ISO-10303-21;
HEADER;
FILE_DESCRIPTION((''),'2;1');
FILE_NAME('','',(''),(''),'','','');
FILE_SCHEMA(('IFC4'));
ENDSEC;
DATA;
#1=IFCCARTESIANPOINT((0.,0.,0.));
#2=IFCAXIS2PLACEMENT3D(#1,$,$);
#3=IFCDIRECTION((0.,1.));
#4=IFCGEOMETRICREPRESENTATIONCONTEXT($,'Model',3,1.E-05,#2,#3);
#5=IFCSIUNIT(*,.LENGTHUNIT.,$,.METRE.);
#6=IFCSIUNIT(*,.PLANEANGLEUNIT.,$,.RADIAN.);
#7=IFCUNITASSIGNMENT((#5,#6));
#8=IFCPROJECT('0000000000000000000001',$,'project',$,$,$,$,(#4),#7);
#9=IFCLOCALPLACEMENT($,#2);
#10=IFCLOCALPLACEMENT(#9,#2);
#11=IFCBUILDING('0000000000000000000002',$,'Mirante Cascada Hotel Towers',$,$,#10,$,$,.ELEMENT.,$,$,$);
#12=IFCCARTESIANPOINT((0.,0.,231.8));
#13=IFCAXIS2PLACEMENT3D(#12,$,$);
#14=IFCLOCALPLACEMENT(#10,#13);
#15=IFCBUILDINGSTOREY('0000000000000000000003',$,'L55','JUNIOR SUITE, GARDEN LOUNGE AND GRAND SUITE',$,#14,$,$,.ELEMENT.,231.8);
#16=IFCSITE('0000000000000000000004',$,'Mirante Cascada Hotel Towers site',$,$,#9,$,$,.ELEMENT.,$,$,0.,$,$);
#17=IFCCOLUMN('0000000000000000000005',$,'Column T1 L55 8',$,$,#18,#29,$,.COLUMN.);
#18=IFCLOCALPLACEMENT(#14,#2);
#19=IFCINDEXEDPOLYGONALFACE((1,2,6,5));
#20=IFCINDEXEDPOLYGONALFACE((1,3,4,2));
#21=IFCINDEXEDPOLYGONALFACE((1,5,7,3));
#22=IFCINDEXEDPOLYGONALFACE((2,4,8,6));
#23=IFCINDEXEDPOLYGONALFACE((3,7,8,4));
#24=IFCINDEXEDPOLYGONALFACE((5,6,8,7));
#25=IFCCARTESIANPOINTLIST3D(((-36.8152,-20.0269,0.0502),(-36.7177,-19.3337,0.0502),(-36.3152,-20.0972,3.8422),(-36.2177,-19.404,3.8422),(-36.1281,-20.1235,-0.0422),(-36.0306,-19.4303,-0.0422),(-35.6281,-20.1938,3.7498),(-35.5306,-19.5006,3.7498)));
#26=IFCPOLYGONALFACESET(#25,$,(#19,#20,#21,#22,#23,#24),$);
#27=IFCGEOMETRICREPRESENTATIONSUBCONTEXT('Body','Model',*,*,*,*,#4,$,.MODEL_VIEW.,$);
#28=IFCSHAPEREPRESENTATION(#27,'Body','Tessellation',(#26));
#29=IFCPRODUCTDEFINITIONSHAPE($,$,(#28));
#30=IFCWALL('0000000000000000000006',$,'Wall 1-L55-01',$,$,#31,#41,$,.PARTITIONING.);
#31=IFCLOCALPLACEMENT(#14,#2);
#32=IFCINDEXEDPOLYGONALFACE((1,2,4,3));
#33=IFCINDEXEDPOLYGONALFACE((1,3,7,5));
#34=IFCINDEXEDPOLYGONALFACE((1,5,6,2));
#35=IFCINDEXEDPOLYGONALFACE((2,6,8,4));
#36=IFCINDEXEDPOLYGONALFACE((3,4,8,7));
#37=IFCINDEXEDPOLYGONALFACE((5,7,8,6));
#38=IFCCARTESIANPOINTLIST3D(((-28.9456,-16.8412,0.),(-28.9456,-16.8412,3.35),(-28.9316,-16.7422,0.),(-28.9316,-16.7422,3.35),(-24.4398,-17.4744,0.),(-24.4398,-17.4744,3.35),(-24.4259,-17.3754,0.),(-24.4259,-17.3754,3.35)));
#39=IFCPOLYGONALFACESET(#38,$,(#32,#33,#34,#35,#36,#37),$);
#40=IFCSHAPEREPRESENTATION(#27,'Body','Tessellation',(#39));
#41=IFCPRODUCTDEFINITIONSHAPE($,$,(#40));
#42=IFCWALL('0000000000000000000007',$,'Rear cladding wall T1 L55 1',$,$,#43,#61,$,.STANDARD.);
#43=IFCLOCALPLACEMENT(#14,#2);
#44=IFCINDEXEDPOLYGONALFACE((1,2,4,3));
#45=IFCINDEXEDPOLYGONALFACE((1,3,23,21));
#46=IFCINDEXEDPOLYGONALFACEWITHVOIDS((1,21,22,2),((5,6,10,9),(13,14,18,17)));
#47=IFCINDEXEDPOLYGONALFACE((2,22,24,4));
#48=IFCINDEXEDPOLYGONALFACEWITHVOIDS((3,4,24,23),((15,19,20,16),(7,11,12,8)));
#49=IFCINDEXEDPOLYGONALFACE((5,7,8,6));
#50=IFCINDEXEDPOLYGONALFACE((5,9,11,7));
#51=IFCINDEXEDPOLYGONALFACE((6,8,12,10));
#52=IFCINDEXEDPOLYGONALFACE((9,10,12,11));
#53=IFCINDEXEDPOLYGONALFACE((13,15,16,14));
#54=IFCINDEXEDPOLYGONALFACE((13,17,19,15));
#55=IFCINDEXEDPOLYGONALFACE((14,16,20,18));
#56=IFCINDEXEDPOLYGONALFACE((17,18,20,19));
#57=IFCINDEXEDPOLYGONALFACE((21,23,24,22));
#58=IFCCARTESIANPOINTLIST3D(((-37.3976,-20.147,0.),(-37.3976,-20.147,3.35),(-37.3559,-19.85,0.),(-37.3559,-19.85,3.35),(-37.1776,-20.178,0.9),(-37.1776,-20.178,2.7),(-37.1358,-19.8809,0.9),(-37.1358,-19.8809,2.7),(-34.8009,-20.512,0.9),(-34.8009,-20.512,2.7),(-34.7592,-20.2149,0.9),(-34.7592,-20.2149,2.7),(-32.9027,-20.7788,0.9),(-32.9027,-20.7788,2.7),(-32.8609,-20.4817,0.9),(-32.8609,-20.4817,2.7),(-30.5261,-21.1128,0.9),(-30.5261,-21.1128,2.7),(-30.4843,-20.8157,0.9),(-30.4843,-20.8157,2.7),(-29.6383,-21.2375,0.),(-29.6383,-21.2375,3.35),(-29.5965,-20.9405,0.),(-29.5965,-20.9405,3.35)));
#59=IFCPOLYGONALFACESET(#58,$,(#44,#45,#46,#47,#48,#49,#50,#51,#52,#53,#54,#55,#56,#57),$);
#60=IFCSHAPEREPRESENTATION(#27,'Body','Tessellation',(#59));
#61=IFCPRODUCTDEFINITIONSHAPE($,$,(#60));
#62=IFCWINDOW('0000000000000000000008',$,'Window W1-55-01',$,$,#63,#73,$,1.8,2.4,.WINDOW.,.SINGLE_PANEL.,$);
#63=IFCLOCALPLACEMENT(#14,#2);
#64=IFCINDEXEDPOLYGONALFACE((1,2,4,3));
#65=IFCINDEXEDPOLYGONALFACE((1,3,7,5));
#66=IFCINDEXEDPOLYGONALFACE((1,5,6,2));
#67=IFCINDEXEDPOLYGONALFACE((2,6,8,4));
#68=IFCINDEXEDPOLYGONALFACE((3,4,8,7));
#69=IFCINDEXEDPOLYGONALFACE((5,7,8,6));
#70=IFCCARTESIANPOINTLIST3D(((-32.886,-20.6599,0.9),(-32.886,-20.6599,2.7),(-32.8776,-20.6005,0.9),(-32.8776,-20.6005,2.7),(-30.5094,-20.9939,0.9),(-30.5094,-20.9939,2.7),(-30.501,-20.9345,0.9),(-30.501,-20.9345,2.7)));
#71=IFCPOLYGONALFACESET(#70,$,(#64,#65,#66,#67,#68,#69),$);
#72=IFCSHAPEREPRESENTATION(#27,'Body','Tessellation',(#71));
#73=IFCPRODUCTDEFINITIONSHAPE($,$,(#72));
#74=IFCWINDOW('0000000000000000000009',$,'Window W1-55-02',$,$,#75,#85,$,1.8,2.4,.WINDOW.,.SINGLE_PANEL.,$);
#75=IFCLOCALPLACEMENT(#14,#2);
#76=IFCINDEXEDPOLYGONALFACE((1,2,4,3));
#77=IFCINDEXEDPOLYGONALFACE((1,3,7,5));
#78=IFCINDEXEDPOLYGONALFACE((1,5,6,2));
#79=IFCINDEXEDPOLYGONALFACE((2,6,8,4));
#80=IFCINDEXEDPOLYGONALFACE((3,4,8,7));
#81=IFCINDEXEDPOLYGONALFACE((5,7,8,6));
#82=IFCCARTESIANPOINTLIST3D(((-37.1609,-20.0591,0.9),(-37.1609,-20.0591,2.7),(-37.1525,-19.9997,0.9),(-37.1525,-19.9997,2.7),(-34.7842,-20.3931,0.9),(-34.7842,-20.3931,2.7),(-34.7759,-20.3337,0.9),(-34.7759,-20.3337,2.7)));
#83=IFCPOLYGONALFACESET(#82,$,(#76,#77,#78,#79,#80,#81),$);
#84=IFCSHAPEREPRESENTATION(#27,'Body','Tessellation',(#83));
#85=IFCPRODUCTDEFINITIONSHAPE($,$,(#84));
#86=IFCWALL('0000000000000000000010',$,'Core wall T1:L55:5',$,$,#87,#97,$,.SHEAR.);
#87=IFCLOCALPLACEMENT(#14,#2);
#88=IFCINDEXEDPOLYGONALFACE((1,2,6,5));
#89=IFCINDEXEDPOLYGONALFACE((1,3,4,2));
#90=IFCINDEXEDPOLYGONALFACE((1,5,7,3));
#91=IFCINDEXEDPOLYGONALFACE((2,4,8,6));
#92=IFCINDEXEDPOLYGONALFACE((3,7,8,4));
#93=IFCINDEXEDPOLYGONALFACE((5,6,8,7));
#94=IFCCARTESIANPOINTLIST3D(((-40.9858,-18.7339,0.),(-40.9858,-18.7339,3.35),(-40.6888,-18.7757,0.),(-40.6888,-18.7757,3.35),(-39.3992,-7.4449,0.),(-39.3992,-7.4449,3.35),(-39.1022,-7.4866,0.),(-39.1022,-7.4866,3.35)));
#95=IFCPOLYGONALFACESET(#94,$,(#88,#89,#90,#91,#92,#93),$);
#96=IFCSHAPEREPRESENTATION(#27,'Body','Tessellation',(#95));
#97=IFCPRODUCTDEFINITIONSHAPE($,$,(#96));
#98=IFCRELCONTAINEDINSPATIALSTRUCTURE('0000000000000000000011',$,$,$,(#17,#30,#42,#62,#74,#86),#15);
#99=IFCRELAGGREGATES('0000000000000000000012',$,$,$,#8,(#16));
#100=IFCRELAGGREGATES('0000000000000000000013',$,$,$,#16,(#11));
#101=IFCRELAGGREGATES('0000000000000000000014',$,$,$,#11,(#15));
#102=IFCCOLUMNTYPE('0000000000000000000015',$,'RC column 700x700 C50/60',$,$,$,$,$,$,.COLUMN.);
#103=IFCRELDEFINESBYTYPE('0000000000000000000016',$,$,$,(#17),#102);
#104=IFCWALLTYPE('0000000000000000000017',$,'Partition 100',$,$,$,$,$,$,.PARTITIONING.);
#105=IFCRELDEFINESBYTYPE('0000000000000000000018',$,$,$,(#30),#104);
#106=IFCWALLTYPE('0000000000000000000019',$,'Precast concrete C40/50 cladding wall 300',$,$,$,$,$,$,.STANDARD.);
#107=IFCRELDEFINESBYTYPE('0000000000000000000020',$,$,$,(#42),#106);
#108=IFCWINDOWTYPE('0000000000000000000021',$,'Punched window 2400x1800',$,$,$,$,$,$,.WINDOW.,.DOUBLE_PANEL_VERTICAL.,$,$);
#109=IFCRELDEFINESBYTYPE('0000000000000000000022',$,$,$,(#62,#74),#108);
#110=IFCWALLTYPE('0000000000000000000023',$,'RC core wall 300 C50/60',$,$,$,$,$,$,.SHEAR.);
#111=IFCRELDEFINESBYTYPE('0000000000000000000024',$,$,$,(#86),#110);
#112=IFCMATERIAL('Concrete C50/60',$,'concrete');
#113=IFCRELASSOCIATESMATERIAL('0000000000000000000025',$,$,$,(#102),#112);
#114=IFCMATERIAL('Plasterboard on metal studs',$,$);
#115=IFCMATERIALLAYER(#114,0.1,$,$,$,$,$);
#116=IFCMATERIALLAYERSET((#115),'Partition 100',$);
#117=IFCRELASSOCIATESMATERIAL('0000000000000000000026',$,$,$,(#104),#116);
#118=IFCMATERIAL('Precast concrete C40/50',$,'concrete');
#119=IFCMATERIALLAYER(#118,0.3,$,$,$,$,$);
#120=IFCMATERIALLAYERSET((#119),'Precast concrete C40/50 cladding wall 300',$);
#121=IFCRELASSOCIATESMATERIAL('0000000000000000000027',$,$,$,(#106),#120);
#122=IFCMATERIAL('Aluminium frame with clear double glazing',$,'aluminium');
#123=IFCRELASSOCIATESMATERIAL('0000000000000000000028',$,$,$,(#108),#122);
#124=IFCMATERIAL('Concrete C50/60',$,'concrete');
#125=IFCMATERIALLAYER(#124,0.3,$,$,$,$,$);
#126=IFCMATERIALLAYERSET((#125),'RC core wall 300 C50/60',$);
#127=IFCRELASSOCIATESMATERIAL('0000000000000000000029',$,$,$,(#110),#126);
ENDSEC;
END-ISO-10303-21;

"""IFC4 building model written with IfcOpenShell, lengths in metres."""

from ifc_helpers import new_model, si_unit, direction, frame, frame_2d, origin, origin_2d, place, context, subcontext, project, spatial, rectangle, extrude, material, layer, layer_set, material_profile, profile_set, type_object, element, fill, save


model = new_model("IFC4")

# Units and contexts
model_context = context("Model", 3, precision=1e-05, world=origin(), true_north=direction((0.0, 1.0)))
body_context = subcontext(model_context, "Body", "Model", "MODEL_VIEW")
ifc_project = project(units=[si_unit("LENGTHUNIT", "METRE"), si_unit("PLANEANGLEUNIT", "RADIAN")], contexts=[model_context])

# Site, building, storey
site_placement = place(None, origin())
site = spatial("IfcSite", under=ifc_project, at=site_placement, Name="Mirante Cascada Hotel Towers site", CompositionType="ELEMENT", RefElevation=0.0)
building_placement = place(site_placement, origin())
building = spatial("IfcBuilding", under=site, at=building_placement, Name="Mirante Cascada Hotel Towers", CompositionType="ELEMENT")
storey_placement = place(building_placement, frame((0.0, 0.0, 231.8)))
storey = spatial("IfcBuildingStorey", under=building, at=storey_placement, Name="L55", Description="JUNIOR SUITE, GARDEN LOUNGE AND GRAND SUITE", CompositionType="ELEMENT", Elevation=231.8)

# Column
ifc_material_1 = material(Name="Concrete C50/60", Category="concrete")
ifc_material_profile = material_profile(ifc_material_1, rectangle(XDim=0.7, YDim=0.7, at=origin_2d()), Name="RC column 700x700 C50/60")
ifc_profile_set = profile_set([ifc_material_profile], Name="Concrete C50/60")
column_type = type_object("IfcColumnType", Name="RC column 700x700 C50/60", PredefinedType="COLUMN", material=ifc_profile_set)
column_placement = place(storey_placement, frame((-36.4229, -19.7286, 0.004), z_axis=(0.130703, -0.018377, 0.991251), x_axis=(0.139231, 0.99026, 0.0)))
element("IfcColumn", 1, at=column_placement, inside=storey, type_object=column_type, Name="Column T1 L55 8", PredefinedType="COLUMN", context=body_context, shape_type="SweptSolid", body=[
    extrude(rectangle(XDim=0.7, YDim=0.7, at=origin_2d()), origin(), (0.0, 0.0, 1.0), 3.8255),
])

# Wall
ifc_material_2 = material(Name="Plasterboard on metal studs")
ifc_layer_1 = layer(ifc_material_2, 0.1)
ifc_layer_set_1 = layer_set([ifc_layer_1], Name="Partition 100")
wall_type_1 = type_object("IfcWallType", Name="Partition 100", PredefinedType="PARTITIONING", material=ifc_layer_set_1)
wall_1_placement = place(storey_placement, frame((-28.9386, -16.7917, 0.0), z_axis=(0.0, 0.0, 1.0), x_axis=(0.990269, -0.139166, 0.0)))
element("IfcWall", 2, at=wall_1_placement, inside=storey, type_object=wall_type_1, Name="Wall 1-L55-01", PredefinedType="PARTITIONING", context=body_context, shape_type="SweptSolid", body=[
    extrude(rectangle(XDim=4.55, YDim=0.1, at=frame_2d((2.275, 0.0))), origin(), (0.0, 0.0, 1.0), 3.35),
])

# Wall, openings, windows
ifc_material_3 = material(Name="Precast concrete C40/50", Category="concrete")
ifc_layer_2 = layer(ifc_material_3, 0.3)
ifc_layer_set_2 = layer_set([ifc_layer_2], Name="Precast concrete C40/50 cladding wall 300")
wall_type_2 = type_object("IfcWallType", Name="Precast concrete C40/50 cladding wall 300", PredefinedType="STANDARD", material=ifc_layer_set_2)
wall_2_placement = place(storey_placement, frame((-29.6174, -21.089, 0.0), z_axis=(0.0, 0.0, 1.0), x_axis=(-0.990268, 0.139173, 0.0)))
wall_2 = element("IfcWall", 3, at=wall_2_placement, inside=storey, type_object=wall_type_2, Name="Rear cladding wall T1 L55 1", PredefinedType="STANDARD", context=body_context, shape_type="SweptSolid", body=[
    extrude(rectangle(XDim=7.8356, YDim=0.3, at=frame_2d((3.9178, 0.0))), origin(), (0.0, 0.0, 1.0), 3.35),
])
opening_1_placement = place(wall_2_placement, frame((0.8965, 0.0, 0.9)))
opening_1 = element("IfcOpeningElement", 4, at=opening_1_placement, cuts=wall_2, PredefinedType="OPENING", context=body_context, shape_type="SweptSolid", body=[
    extrude(rectangle(XDim=2.4, YDim=1.8, at=frame_2d((1.2, 0.9))), frame((0.0, 0.15, 0.0), z_axis=(0.0, -1.0, 0.0), x_axis=(1.0, 0.0, 0.0)), (0.0, 0.0, 1.0), 0.3),
])
opening_2_placement = place(wall_2_placement, frame((5.2134, 0.0, 0.9)))
opening_2 = element("IfcOpeningElement", 5, at=opening_2_placement, cuts=wall_2, PredefinedType="OPENING", context=body_context, shape_type="SweptSolid", body=[
    extrude(rectangle(XDim=2.4, YDim=1.8, at=frame_2d((1.2, 0.9))), frame((0.0, 0.15, 0.0), z_axis=(0.0, -1.0, 0.0), x_axis=(1.0, 0.0, 0.0)), (0.0, 0.0, 1.0), 0.3),
])
ifc_material_4 = material(Name="Aluminium frame with clear double glazing", Category="aluminium")
window_type = type_object("IfcWindowType", Name="Punched window 2400x1800", PartitioningType="DOUBLE_PANEL_VERTICAL", PredefinedType="WINDOW", material=ifc_material_4)
window_1_placement = place(opening_1_placement, origin())
window_1 = element("IfcWindow", 6, at=window_1_placement, inside=storey, type_object=window_type, Name="Window W1-55-01", OverallHeight=1.8, OverallWidth=2.4, PartitioningType="SINGLE_PANEL", PredefinedType="WINDOW", context=body_context, shape_type="SweptSolid", body=[
    extrude(rectangle(XDim=2.4, YDim=1.8, at=frame_2d((1.2, 0.9))), frame((0.0, 0.03, 0.0), z_axis=(0.0, -1.0, 0.0), x_axis=(1.0, 0.0, 0.0)), (0.0, 0.0, 1.0), 0.06),
])
fill(opening_1, window_1)
window_2_placement = place(opening_2_placement, origin())
window_2 = element("IfcWindow", 7, at=window_2_placement, inside=storey, type_object=window_type, Name="Window W1-55-02", OverallHeight=1.8, OverallWidth=2.4, PartitioningType="SINGLE_PANEL", PredefinedType="WINDOW", context=body_context, shape_type="SweptSolid", body=[
    extrude(rectangle(XDim=2.4, YDim=1.8, at=frame_2d((1.2, 0.9))), frame((0.0, 0.03, 0.0), z_axis=(0.0, -1.0, 0.0), x_axis=(1.0, 0.0, 0.0)), (0.0, 0.0, 1.0), 0.06),
])
fill(opening_2, window_2)

# Wall
ifc_material_5 = material(Name="Concrete C50/60", Category="concrete")
ifc_layer_3 = layer(ifc_material_5, 0.3)
ifc_layer_set_3 = layer_set([ifc_layer_3], Name="RC core wall 300 C50/60")
wall_type_3 = type_object("IfcWallType", Name="RC core wall 300 C50/60", PredefinedType="SHEAR", material=ifc_layer_set_3)
wall_3_placement = place(storey_placement, frame((-40.8373, -18.7548, 0.0), z_axis=(0.0, 0.0, 1.0), x_axis=(0.139175, 0.990268, 0.0)))
element("IfcWall", 8, at=wall_3_placement, inside=storey, type_object=wall_type_3, Name="Core wall T1:L55:5", PredefinedType="SHEAR", context=body_context, shape_type="SweptSolid", body=[
    extrude(rectangle(XDim=11.4, YDim=0.3, at=frame_2d((5.7, 0.0))), origin(), (0.0, 0.0, 1.0), 3.35),
])

save(model, "model.ifc")
